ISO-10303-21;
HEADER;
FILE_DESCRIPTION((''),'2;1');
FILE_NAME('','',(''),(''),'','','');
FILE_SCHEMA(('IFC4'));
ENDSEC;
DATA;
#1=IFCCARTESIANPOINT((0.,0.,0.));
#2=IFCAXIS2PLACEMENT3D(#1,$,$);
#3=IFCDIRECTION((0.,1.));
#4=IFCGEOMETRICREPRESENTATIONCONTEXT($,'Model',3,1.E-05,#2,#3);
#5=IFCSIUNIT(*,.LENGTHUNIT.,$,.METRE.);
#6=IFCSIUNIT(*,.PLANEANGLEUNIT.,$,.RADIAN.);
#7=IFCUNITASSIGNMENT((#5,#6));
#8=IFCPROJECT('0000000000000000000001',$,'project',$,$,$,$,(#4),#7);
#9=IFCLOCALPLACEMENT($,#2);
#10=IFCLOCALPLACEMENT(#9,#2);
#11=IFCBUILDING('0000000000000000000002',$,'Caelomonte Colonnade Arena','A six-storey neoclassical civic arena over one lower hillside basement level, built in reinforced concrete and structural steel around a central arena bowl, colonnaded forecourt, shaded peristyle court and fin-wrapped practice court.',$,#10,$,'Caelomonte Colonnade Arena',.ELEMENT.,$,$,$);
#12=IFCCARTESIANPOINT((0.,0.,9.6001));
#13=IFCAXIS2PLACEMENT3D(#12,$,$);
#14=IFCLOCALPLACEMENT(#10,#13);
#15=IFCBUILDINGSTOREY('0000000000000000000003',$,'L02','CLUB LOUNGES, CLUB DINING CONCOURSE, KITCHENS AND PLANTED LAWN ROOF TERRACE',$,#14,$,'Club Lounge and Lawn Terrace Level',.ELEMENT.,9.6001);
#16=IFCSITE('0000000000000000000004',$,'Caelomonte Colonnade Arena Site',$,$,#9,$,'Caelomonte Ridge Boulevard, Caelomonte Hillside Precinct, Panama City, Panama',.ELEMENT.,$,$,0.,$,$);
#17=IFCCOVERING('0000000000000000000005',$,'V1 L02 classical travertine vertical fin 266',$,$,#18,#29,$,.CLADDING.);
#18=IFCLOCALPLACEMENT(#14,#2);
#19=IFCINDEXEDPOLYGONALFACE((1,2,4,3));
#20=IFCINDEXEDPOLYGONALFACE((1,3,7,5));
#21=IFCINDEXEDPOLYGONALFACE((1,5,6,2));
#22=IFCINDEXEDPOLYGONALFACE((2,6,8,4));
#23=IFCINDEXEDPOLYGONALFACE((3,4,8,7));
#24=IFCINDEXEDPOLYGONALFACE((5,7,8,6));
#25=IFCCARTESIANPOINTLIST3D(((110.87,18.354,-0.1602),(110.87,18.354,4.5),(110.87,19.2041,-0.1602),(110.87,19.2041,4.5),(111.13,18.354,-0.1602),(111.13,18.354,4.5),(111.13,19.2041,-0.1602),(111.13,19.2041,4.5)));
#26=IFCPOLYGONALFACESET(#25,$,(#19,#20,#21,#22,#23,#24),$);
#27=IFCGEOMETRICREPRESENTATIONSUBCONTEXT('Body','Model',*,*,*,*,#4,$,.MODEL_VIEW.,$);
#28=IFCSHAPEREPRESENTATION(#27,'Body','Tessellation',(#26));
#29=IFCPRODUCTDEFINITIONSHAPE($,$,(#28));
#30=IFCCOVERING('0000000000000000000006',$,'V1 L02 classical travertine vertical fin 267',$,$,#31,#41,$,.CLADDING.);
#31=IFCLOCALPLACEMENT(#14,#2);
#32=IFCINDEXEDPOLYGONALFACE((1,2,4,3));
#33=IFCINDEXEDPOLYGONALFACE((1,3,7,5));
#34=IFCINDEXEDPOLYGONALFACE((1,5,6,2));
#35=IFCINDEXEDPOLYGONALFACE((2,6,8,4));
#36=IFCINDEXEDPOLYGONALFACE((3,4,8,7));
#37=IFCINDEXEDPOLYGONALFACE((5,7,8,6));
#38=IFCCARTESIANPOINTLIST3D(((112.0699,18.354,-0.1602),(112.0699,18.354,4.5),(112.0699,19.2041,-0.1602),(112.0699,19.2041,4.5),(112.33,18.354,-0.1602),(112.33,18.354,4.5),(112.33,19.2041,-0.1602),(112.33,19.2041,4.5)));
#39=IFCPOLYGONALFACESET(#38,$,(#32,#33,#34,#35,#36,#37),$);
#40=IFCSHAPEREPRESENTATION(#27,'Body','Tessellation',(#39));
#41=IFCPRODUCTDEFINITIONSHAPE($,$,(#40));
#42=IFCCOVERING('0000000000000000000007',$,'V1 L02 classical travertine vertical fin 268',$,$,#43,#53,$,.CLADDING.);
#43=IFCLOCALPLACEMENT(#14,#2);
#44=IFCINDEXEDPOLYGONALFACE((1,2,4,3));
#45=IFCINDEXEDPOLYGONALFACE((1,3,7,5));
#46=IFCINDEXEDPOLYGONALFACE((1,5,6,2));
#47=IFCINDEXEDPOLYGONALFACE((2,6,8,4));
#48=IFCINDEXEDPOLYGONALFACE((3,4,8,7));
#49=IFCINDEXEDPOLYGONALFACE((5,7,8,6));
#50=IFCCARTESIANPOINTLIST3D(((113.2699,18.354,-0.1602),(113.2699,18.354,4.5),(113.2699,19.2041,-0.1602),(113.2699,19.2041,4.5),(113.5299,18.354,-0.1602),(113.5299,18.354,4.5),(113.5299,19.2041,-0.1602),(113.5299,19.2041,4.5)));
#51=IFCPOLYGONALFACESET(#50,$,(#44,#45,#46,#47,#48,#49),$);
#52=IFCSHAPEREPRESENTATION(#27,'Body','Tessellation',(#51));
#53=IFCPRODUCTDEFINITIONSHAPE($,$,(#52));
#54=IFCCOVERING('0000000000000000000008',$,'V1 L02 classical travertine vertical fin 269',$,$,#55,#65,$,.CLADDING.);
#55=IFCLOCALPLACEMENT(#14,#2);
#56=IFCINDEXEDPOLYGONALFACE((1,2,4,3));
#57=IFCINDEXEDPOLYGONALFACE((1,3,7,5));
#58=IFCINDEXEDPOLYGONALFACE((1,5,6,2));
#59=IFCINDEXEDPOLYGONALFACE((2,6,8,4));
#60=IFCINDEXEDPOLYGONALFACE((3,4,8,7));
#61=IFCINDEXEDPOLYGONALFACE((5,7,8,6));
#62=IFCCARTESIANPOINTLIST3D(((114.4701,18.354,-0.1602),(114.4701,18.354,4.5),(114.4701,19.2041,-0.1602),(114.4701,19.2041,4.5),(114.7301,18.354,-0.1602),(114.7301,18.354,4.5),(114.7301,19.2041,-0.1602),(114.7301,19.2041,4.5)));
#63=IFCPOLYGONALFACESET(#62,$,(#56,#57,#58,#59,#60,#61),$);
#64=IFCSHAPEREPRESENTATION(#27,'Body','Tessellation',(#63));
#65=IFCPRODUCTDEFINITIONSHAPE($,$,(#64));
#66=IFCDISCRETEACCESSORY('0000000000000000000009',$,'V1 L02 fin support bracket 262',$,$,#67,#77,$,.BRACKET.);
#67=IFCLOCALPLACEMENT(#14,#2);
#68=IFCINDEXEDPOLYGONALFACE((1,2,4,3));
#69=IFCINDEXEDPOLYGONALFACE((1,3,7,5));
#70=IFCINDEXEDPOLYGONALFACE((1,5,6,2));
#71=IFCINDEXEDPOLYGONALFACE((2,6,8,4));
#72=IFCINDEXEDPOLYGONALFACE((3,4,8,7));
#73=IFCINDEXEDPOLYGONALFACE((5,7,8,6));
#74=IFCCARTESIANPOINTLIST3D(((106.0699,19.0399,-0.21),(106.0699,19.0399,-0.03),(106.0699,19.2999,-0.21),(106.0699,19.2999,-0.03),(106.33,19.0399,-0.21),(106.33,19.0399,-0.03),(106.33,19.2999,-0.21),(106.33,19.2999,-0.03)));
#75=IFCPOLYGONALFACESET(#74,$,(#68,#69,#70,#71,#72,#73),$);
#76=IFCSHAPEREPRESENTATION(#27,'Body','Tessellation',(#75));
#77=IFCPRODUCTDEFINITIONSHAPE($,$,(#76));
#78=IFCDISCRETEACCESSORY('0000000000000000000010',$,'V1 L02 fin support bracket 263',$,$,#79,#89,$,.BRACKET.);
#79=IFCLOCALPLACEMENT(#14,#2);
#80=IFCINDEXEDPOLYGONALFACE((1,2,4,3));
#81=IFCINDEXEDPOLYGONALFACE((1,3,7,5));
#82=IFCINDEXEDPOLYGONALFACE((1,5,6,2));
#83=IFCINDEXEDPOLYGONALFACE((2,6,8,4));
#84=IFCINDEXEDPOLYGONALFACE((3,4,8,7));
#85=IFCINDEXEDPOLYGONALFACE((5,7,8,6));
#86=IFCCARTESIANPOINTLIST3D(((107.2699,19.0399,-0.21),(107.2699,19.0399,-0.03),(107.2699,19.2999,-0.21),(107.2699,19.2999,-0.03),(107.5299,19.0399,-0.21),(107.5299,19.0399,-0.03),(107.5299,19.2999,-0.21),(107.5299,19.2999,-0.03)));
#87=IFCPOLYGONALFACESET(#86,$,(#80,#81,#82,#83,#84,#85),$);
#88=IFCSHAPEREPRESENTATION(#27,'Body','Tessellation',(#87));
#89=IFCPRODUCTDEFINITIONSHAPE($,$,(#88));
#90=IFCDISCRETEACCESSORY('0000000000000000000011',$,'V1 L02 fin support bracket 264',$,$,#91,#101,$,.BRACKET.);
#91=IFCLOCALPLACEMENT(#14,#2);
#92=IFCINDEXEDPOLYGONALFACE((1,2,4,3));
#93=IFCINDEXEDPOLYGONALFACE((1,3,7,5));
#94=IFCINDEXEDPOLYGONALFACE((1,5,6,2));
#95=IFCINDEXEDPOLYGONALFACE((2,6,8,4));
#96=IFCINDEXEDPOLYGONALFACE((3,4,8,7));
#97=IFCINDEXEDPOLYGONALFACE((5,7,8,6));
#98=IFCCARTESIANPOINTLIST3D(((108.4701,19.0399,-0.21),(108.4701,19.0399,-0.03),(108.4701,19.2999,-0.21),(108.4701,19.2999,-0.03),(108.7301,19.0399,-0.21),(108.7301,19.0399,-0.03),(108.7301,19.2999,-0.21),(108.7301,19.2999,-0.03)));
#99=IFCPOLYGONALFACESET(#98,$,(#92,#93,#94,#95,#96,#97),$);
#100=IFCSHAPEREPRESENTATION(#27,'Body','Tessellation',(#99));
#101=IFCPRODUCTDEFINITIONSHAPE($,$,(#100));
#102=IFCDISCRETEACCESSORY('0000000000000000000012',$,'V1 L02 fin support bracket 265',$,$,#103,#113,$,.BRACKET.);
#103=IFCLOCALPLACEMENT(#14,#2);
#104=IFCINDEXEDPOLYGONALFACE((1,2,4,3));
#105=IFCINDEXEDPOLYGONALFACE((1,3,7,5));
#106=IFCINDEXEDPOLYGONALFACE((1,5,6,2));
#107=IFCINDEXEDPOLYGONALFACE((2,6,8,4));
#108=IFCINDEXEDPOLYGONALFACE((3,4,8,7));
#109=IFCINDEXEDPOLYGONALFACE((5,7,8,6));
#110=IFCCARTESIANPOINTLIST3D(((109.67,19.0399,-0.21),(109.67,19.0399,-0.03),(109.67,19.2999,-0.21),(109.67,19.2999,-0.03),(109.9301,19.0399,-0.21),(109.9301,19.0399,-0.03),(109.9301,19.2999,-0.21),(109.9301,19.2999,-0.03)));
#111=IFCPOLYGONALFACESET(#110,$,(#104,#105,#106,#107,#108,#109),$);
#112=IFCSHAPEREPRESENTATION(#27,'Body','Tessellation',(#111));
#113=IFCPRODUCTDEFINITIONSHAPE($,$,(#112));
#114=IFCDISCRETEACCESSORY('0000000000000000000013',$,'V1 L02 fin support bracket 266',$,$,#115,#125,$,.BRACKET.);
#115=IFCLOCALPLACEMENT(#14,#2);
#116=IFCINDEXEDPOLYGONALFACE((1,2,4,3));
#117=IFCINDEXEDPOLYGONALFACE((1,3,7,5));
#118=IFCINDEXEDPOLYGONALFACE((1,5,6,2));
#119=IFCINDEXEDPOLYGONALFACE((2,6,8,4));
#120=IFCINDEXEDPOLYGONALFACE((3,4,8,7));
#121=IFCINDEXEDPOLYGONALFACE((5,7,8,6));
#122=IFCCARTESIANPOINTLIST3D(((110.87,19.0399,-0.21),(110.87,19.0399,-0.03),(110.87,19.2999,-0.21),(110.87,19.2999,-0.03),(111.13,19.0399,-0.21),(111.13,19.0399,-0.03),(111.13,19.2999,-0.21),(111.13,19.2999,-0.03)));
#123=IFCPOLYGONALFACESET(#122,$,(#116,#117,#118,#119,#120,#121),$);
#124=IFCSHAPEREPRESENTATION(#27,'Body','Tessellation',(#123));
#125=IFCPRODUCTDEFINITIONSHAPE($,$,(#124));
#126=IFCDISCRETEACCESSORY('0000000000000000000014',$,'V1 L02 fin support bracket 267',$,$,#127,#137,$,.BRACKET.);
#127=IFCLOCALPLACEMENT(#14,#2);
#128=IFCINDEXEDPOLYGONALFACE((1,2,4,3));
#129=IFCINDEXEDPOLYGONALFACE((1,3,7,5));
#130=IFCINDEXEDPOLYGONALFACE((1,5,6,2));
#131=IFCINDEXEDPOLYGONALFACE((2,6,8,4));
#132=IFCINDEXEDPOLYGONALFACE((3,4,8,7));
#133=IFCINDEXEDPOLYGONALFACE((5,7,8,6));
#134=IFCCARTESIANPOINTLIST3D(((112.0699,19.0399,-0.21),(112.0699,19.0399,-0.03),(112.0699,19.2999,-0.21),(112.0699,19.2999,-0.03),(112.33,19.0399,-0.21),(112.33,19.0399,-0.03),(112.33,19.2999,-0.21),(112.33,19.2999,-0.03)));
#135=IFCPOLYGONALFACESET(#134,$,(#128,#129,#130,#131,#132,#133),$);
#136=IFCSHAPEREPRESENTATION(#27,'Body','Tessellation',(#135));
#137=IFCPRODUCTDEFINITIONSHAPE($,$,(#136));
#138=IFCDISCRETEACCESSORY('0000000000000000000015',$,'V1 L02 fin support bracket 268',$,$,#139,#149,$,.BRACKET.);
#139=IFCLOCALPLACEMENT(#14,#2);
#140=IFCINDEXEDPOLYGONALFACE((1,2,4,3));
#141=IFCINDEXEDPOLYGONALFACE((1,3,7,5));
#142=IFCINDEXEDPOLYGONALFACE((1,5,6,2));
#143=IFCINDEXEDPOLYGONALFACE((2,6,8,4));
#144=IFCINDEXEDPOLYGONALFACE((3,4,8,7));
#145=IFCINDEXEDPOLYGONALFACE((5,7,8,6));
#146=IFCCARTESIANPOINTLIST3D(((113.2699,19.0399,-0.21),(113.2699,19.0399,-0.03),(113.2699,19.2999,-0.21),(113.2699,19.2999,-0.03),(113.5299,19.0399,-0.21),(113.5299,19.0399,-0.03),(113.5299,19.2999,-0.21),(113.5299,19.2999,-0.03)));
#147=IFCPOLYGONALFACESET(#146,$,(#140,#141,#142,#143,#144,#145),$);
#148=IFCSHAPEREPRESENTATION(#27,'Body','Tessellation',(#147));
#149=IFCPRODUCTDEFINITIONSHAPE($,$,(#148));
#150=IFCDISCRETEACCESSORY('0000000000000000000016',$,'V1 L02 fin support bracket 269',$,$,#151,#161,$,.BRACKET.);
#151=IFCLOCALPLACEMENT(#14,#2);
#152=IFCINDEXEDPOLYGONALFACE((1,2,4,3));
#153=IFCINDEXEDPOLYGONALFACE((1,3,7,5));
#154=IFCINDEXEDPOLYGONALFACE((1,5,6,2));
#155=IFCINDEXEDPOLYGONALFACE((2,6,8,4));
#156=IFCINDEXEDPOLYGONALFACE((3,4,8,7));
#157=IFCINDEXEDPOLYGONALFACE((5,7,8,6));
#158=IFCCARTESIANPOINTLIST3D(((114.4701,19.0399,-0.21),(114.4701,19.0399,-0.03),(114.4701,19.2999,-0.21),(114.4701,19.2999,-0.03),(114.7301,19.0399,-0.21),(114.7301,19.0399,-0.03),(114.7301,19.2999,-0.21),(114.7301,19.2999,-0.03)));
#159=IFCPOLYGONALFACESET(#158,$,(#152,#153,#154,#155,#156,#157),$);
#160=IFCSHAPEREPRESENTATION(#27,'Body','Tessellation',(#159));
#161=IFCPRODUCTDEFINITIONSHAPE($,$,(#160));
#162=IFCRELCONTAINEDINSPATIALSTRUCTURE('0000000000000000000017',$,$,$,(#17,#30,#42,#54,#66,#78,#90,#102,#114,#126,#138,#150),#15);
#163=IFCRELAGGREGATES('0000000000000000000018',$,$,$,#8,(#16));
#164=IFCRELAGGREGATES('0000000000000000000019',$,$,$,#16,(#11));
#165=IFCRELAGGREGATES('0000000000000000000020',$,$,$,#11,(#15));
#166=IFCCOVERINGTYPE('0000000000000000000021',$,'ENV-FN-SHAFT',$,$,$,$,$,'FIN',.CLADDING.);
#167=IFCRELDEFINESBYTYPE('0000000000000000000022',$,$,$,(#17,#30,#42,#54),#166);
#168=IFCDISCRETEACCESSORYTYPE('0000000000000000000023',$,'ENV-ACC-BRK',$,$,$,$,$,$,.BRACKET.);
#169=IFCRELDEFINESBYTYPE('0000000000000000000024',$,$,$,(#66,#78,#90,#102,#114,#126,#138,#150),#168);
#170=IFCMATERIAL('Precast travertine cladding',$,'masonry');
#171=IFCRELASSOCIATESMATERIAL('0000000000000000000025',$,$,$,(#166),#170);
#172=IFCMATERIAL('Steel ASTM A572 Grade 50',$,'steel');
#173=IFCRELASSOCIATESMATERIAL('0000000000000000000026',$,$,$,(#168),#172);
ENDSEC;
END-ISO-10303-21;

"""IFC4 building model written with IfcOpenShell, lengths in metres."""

from ifc_helpers import new_model, si_unit, direction, frame, origin, origin_2d, place, context, subcontext, project, spatial, rectangle, extrude, material, material_profile, profile_set, type_object, element, save


model = new_model("IFC4")

# Units and contexts
model_context = context("Model", 3, precision=1e-05, world=origin(), true_north=direction((0.0, 1.0)))
body_context = subcontext(model_context, "Body", "Model", "MODEL_VIEW")
ifc_project = project(units=[si_unit("LENGTHUNIT", "METRE"), si_unit("PLANEANGLEUNIT", "RADIAN")], contexts=[model_context])

# Site, building, storey
site_placement = place(None, origin())
site = spatial("IfcSite", under=ifc_project, at=site_placement, Name="Caelomonte Colonnade Arena Site", LongName="Caelomonte Ridge Boulevard, Caelomonte Hillside Precinct, Panama City, Panama", CompositionType="ELEMENT", RefElevation=0.0)
building_placement = place(site_placement, origin())
building = spatial("IfcBuilding", under=site, at=building_placement, Name="Caelomonte Colonnade Arena", Description="A six-storey neoclassical civic arena over one lower hillside basement level, built in reinforced concrete and structural steel around a central arena bowl, colonnaded forecourt, shaded peristyle court and fin-wrapped practice court.", LongName="Caelomonte Colonnade Arena", CompositionType="ELEMENT")
storey_placement = place(building_placement, frame((0.0, 0.0, 9.6001)))
storey = spatial("IfcBuildingStorey", under=building, at=storey_placement, Name="L02", Description="CLUB LOUNGES, CLUB DINING CONCOURSE, KITCHENS AND PLANTED LAWN ROOF TERRACE", LongName="Club Lounge and Lawn Terrace Level", CompositionType="ELEMENT", Elevation=9.6001)

# Coverings
ifc_material_1 = material(Name="Precast travertine cladding", Category="masonry")
ifc_material_profile_1 = material_profile(ifc_material_1, rectangle(XDim=0.26, YDim=0.8501, at=origin_2d()), Name="FIN260X850")
ifc_profile_set_1 = profile_set([ifc_material_profile_1], Name="Precast travertine cladding")
covering_type = type_object("IfcCoveringType", Name="ENV-FN-SHAFT", ElementType="FIN", PredefinedType="CLADDING", material=ifc_profile_set_1)
for number, where, z_axis, x_axis, name in (
    (1, (111.0, 18.7791, -0.1602), (0.0, 0.0, 1.0), (-1.0, 0.0, 0.0), "V1 L02 classical travertine vertical fin 266"),
    (2, (112.2, 18.7791, -0.1602), (0.0, 0.0, 1.0), (-1.0, 0.0, 0.0), "V1 L02 classical travertine vertical fin 267"),
    (3, (113.3999, 18.7791, -0.1602), (0.0, 0.0, 1.0), (-1.0, 0.0, 0.0), "V1 L02 classical travertine vertical fin 268"),
    (4, (114.6001, 18.7791, -0.1602), (0.0, 0.0, 1.0), (-1.0, 0.0, 0.0), "V1 L02 classical travertine vertical fin 269"),
):
    element("IfcCovering", number, at=place(storey_placement, frame(where, z_axis=z_axis, x_axis=x_axis)), inside=storey, type_object=covering_type, Name=name, PredefinedType="CLADDING", context=body_context, shape_type="SweptSolid", body=[
        extrude(rectangle(XDim=0.26, YDim=0.8501, at=origin_2d()), origin(), (0.0, 0.0, 1.0), 4.6602),
    ])

# Discrete accessories
ifc_material_2 = material(Name="Steel ASTM A572 Grade 50", Category="steel")
discrete_accessory_type = type_object("IfcDiscreteAccessoryType", Name="ENV-ACC-BRK", PredefinedType="BRACKET", material=ifc_material_2)
for number, where, z_axis, x_axis, name in (
    (5, (106.2, 19.1699, -0.21), (0.0, 0.0, 1.0), (1.0, 0.0, 0.0), "V1 L02 fin support bracket 262"),
    (6, (107.3999, 19.1699, -0.21), (0.0, 0.0, 1.0), (1.0, 0.0, 0.0), "V1 L02 fin support bracket 263"),
    (7, (108.6001, 19.1699, -0.21), (0.0, 0.0, 1.0), (1.0, 0.0, 0.0), "V1 L02 fin support bracket 264"),
    (8, (109.8, 19.1699, -0.21), (0.0, 0.0, 1.0), (1.0, 0.0, 0.0), "V1 L02 fin support bracket 265"),
    (9, (111.0, 19.1699, -0.21), (0.0, 0.0, 1.0), (1.0, 0.0, 0.0), "V1 L02 fin support bracket 266"),
    (10, (112.2, 19.1699, -0.21), (0.0, 0.0, 1.0), (1.0, 0.0, 0.0), "V1 L02 fin support bracket 267"),
    (11, (113.3999, 19.1699, -0.21), (0.0, 0.0, 1.0), (1.0, 0.0, 0.0), "V1 L02 fin support bracket 268"),
    (12, (114.6001, 19.1699, -0.21), (0.0, 0.0, 1.0), (1.0, 0.0, 0.0), "V1 L02 fin support bracket 269"),
):
    element("IfcDiscreteAccessory", number, at=place(storey_placement, frame(where, z_axis=z_axis, x_axis=x_axis)), inside=storey, type_object=discrete_accessory_type, Name=name, PredefinedType="BRACKET", context=body_context, shape_type="SweptSolid", body=[
        extrude(rectangle(XDim=0.26, YDim=0.26, at=origin_2d()), origin(), (0.0, 0.0, 1.0), 0.1799),
    ])

save(model, "model.ifc")
